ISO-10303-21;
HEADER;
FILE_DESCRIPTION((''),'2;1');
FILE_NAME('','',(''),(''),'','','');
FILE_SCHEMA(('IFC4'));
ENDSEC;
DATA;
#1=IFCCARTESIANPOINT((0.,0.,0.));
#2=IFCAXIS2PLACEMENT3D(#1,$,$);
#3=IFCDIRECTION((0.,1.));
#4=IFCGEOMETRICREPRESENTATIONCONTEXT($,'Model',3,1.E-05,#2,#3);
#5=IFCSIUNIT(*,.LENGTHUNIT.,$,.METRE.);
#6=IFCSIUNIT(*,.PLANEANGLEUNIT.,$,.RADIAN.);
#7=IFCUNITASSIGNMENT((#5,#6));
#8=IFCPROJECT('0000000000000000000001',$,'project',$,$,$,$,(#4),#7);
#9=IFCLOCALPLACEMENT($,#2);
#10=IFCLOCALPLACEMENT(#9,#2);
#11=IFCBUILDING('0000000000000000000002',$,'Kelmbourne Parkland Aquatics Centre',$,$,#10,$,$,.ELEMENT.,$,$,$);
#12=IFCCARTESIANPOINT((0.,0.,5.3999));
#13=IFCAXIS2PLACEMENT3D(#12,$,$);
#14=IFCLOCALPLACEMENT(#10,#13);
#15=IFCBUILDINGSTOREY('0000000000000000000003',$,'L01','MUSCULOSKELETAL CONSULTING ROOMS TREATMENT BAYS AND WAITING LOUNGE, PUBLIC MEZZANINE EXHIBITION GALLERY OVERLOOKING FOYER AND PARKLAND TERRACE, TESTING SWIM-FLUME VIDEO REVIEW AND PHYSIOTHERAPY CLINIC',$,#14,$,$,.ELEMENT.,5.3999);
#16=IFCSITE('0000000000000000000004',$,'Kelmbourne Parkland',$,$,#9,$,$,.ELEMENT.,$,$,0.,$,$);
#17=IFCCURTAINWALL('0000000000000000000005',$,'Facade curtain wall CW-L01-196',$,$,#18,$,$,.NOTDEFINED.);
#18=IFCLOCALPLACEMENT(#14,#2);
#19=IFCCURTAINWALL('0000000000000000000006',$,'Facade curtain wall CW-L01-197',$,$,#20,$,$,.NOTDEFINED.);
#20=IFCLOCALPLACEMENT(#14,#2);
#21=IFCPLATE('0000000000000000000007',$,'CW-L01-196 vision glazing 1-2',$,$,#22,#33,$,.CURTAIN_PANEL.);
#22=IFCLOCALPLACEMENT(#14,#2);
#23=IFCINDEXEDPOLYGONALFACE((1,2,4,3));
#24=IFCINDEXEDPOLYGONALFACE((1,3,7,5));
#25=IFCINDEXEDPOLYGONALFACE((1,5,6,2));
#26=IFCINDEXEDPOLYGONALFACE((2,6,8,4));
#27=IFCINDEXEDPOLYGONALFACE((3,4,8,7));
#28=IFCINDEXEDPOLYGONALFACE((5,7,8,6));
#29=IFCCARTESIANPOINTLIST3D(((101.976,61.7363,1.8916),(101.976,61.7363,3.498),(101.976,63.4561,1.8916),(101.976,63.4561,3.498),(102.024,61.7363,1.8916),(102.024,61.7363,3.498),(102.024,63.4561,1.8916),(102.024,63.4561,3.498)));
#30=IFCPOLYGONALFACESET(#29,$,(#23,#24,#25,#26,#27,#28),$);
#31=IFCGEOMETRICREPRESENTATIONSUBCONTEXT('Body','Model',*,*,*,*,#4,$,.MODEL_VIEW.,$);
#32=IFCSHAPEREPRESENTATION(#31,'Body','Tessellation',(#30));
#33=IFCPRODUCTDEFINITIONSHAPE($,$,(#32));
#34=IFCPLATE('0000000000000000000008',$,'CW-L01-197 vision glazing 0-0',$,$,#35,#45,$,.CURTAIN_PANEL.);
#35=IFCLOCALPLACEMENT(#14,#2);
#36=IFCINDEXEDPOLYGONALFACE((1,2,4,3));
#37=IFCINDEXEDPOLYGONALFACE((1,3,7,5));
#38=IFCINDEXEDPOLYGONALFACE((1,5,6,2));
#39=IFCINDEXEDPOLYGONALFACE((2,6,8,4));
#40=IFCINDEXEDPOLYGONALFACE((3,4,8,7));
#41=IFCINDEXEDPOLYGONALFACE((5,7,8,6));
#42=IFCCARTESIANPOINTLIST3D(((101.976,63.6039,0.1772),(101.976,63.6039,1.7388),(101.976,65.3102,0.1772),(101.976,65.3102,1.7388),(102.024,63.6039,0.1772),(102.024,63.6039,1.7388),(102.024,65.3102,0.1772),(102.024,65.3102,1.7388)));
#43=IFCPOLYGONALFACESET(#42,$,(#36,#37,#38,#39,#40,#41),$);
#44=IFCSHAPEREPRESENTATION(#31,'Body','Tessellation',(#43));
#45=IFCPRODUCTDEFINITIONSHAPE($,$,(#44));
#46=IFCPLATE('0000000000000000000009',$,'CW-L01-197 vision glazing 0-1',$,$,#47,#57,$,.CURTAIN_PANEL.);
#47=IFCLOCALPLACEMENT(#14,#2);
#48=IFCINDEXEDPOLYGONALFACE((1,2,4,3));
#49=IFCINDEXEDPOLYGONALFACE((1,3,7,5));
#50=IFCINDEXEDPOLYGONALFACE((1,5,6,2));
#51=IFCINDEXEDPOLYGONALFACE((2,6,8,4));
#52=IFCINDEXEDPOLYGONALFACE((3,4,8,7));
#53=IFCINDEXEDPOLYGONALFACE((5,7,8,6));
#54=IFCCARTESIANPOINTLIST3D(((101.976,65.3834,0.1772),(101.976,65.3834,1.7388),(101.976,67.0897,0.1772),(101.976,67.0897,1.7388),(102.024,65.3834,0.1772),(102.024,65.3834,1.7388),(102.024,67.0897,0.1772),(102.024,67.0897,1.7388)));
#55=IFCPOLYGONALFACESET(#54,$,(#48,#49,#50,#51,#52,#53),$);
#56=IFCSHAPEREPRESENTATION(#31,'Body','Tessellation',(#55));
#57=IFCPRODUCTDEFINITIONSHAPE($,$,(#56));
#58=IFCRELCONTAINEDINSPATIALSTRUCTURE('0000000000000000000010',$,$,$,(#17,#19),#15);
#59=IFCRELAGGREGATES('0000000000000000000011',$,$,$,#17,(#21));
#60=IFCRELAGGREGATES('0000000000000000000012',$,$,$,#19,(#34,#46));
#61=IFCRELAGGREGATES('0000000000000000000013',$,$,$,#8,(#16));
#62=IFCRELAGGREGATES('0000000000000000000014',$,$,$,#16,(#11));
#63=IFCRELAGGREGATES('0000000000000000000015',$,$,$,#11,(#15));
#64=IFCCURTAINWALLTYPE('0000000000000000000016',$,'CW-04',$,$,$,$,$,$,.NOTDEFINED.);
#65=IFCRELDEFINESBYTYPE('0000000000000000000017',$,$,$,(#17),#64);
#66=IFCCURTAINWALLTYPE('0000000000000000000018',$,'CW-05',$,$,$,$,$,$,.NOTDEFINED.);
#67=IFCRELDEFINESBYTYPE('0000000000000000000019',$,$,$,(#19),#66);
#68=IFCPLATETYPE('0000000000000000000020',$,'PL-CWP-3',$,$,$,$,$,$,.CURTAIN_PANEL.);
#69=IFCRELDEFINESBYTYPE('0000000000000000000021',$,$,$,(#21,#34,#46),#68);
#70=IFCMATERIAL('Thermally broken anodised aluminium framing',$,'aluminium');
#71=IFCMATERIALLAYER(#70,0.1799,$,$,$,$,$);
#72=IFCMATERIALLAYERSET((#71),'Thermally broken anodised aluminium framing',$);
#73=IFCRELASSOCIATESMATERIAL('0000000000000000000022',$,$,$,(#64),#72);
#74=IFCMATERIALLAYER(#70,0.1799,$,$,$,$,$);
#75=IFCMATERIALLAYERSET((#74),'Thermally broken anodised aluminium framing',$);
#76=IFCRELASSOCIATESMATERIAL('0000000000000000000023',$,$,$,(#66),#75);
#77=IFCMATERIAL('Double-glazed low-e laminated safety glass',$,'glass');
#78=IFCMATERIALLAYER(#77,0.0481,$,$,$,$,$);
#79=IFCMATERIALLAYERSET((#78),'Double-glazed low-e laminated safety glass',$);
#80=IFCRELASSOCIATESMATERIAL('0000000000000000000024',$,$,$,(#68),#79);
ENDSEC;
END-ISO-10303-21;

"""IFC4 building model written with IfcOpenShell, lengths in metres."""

from ifc_helpers import new_model, si_unit, direction, frame, origin, origin_2d, place, context, subcontext, project, spatial, rectangle, extrude, material, layer, layer_set, type_object, element, aggregate, save


model = new_model("IFC4")

# Units and contexts
model_context = context("Model", 3, precision=1e-05, world=origin(), true_north=direction((0.0, 1.0)))
body_context = subcontext(model_context, "Body", "Model", "MODEL_VIEW")
ifc_project = project(units=[si_unit("LENGTHUNIT", "METRE"), si_unit("PLANEANGLEUNIT", "RADIAN")], contexts=[model_context])

# Site, building, storey
site_placement = place(None, origin())
site = spatial("IfcSite", under=ifc_project, at=site_placement, Name="Kelmbourne Parkland", CompositionType="ELEMENT", RefElevation=0.0)
building_placement = place(site_placement, origin())
building = spatial("IfcBuilding", under=site, at=building_placement, Name="Kelmbourne Parkland Aquatics Centre", CompositionType="ELEMENT")
storey_placement = place(building_placement, frame((0.0, 0.0, 5.3999)))
storey = spatial("IfcBuildingStorey", under=building, at=storey_placement, Name="L01", Description="MUSCULOSKELETAL CONSULTING ROOMS TREATMENT BAYS AND WAITING LOUNGE, PUBLIC MEZZANINE EXHIBITION GALLERY OVERLOOKING FOYER AND PARKLAND TERRACE, TESTING SWIM-FLUME VIDEO REVIEW AND PHYSIOTHERAPY CLINIC", CompositionType="ELEMENT", Elevation=5.3999)

# Shared definitions
ifc_material_1 = material(Name="Thermally broken anodised aluminium framing", Category="aluminium")

# Curtain walls
ifc_layer_1 = layer(ifc_material_1, 0.1799)
ifc_layer_set_1 = layer_set([ifc_layer_1], Name="Thermally broken anodised aluminium framing")
curtain_wall_type_1 = type_object("IfcCurtainWallType", Name="CW-04", PredefinedType="NOTDEFINED", material=ifc_layer_set_1)
curtain_wall_1_placement = place(storey_placement, origin())
curtain_wall_1 = element("IfcCurtainWall", 1, at=curtain_wall_1_placement, inside=storey, type_object=curtain_wall_type_1, Name="Facade curtain wall CW-L01-196", PredefinedType="NOTDEFINED")
ifc_layer_2 = layer(ifc_material_1, 0.1799)
ifc_layer_set_2 = layer_set([ifc_layer_2], Name="Thermally broken anodised aluminium framing")
curtain_wall_type_2 = type_object("IfcCurtainWallType", Name="CW-05", PredefinedType="NOTDEFINED", material=ifc_layer_set_2)
curtain_wall_2_placement = place(storey_placement, origin())
curtain_wall_2 = element("IfcCurtainWall", 2, at=curtain_wall_2_placement, inside=storey, type_object=curtain_wall_type_2, Name="Facade curtain wall CW-L01-197", PredefinedType="NOTDEFINED")

# Plates
ifc_material_2 = material(Name="Double-glazed low-e laminated safety glass", Category="glass")
ifc_layer_3 = layer(ifc_material_2, 0.0481)
ifc_layer_set_3 = layer_set([ifc_layer_3], Name="Double-glazed low-e laminated safety glass")
plate_type_1 = type_object("IfcPlateType", Name="PL-CWP-3", PredefinedType="CURTAIN_PANEL", material=ifc_layer_set_3)
plate_1_placement = place(storey_placement, frame((102.0, 62.5962, 1.8916), z_axis=(0.0, 0.0, 1.0), x_axis=(0.0, 1.0, 0.0)))
plate_1 = element("IfcPlate", 3, at=plate_1_placement, type_object=plate_type_1, Name="CW-L01-196 vision glazing 1-2", PredefinedType="CURTAIN_PANEL", context=body_context, shape_type="SweptSolid", body=[
    extrude(rectangle(XDim=1.7197, YDim=0.0481, at=origin_2d()), origin(), (0.0, 0.0, 1.0), 1.6064),
])
aggregate(curtain_wall_1, [plate_1])
plate_2_placement = place(storey_placement, frame((102.0, 64.457, 0.1772), z_axis=(0.0, 0.0, 1.0), x_axis=(0.0, 1.0, 0.0)))
plate_2 = element("IfcPlate", 4, at=plate_2_placement, type_object=plate_type_1, Name="CW-L01-197 vision glazing 0-0", PredefinedType="CURTAIN_PANEL", context=body_context, shape_type="SweptSolid", body=[
    extrude(rectangle(XDim=1.7063, YDim=0.0481, at=origin_2d()), origin(), (0.0, 0.0, 1.0), 1.5615),
])
plate_3_placement = place(storey_placement, frame((102.0, 66.2366, 0.1772), z_axis=(0.0, 0.0, 1.0), x_axis=(0.0, 1.0, 0.0)))
plate_3 = element("IfcPlate", 5, at=plate_3_placement, type_object=plate_type_1, Name="CW-L01-197 vision glazing 0-1", PredefinedType="CURTAIN_PANEL", context=body_context, shape_type="SweptSolid", body=[
    extrude(rectangle(XDim=1.7063, YDim=0.0481, at=origin_2d()), origin(), (0.0, 0.0, 1.0), 1.5615),
])
aggregate(curtain_wall_2, [plate_2, plate_3])

save(model, "model.ifc")
